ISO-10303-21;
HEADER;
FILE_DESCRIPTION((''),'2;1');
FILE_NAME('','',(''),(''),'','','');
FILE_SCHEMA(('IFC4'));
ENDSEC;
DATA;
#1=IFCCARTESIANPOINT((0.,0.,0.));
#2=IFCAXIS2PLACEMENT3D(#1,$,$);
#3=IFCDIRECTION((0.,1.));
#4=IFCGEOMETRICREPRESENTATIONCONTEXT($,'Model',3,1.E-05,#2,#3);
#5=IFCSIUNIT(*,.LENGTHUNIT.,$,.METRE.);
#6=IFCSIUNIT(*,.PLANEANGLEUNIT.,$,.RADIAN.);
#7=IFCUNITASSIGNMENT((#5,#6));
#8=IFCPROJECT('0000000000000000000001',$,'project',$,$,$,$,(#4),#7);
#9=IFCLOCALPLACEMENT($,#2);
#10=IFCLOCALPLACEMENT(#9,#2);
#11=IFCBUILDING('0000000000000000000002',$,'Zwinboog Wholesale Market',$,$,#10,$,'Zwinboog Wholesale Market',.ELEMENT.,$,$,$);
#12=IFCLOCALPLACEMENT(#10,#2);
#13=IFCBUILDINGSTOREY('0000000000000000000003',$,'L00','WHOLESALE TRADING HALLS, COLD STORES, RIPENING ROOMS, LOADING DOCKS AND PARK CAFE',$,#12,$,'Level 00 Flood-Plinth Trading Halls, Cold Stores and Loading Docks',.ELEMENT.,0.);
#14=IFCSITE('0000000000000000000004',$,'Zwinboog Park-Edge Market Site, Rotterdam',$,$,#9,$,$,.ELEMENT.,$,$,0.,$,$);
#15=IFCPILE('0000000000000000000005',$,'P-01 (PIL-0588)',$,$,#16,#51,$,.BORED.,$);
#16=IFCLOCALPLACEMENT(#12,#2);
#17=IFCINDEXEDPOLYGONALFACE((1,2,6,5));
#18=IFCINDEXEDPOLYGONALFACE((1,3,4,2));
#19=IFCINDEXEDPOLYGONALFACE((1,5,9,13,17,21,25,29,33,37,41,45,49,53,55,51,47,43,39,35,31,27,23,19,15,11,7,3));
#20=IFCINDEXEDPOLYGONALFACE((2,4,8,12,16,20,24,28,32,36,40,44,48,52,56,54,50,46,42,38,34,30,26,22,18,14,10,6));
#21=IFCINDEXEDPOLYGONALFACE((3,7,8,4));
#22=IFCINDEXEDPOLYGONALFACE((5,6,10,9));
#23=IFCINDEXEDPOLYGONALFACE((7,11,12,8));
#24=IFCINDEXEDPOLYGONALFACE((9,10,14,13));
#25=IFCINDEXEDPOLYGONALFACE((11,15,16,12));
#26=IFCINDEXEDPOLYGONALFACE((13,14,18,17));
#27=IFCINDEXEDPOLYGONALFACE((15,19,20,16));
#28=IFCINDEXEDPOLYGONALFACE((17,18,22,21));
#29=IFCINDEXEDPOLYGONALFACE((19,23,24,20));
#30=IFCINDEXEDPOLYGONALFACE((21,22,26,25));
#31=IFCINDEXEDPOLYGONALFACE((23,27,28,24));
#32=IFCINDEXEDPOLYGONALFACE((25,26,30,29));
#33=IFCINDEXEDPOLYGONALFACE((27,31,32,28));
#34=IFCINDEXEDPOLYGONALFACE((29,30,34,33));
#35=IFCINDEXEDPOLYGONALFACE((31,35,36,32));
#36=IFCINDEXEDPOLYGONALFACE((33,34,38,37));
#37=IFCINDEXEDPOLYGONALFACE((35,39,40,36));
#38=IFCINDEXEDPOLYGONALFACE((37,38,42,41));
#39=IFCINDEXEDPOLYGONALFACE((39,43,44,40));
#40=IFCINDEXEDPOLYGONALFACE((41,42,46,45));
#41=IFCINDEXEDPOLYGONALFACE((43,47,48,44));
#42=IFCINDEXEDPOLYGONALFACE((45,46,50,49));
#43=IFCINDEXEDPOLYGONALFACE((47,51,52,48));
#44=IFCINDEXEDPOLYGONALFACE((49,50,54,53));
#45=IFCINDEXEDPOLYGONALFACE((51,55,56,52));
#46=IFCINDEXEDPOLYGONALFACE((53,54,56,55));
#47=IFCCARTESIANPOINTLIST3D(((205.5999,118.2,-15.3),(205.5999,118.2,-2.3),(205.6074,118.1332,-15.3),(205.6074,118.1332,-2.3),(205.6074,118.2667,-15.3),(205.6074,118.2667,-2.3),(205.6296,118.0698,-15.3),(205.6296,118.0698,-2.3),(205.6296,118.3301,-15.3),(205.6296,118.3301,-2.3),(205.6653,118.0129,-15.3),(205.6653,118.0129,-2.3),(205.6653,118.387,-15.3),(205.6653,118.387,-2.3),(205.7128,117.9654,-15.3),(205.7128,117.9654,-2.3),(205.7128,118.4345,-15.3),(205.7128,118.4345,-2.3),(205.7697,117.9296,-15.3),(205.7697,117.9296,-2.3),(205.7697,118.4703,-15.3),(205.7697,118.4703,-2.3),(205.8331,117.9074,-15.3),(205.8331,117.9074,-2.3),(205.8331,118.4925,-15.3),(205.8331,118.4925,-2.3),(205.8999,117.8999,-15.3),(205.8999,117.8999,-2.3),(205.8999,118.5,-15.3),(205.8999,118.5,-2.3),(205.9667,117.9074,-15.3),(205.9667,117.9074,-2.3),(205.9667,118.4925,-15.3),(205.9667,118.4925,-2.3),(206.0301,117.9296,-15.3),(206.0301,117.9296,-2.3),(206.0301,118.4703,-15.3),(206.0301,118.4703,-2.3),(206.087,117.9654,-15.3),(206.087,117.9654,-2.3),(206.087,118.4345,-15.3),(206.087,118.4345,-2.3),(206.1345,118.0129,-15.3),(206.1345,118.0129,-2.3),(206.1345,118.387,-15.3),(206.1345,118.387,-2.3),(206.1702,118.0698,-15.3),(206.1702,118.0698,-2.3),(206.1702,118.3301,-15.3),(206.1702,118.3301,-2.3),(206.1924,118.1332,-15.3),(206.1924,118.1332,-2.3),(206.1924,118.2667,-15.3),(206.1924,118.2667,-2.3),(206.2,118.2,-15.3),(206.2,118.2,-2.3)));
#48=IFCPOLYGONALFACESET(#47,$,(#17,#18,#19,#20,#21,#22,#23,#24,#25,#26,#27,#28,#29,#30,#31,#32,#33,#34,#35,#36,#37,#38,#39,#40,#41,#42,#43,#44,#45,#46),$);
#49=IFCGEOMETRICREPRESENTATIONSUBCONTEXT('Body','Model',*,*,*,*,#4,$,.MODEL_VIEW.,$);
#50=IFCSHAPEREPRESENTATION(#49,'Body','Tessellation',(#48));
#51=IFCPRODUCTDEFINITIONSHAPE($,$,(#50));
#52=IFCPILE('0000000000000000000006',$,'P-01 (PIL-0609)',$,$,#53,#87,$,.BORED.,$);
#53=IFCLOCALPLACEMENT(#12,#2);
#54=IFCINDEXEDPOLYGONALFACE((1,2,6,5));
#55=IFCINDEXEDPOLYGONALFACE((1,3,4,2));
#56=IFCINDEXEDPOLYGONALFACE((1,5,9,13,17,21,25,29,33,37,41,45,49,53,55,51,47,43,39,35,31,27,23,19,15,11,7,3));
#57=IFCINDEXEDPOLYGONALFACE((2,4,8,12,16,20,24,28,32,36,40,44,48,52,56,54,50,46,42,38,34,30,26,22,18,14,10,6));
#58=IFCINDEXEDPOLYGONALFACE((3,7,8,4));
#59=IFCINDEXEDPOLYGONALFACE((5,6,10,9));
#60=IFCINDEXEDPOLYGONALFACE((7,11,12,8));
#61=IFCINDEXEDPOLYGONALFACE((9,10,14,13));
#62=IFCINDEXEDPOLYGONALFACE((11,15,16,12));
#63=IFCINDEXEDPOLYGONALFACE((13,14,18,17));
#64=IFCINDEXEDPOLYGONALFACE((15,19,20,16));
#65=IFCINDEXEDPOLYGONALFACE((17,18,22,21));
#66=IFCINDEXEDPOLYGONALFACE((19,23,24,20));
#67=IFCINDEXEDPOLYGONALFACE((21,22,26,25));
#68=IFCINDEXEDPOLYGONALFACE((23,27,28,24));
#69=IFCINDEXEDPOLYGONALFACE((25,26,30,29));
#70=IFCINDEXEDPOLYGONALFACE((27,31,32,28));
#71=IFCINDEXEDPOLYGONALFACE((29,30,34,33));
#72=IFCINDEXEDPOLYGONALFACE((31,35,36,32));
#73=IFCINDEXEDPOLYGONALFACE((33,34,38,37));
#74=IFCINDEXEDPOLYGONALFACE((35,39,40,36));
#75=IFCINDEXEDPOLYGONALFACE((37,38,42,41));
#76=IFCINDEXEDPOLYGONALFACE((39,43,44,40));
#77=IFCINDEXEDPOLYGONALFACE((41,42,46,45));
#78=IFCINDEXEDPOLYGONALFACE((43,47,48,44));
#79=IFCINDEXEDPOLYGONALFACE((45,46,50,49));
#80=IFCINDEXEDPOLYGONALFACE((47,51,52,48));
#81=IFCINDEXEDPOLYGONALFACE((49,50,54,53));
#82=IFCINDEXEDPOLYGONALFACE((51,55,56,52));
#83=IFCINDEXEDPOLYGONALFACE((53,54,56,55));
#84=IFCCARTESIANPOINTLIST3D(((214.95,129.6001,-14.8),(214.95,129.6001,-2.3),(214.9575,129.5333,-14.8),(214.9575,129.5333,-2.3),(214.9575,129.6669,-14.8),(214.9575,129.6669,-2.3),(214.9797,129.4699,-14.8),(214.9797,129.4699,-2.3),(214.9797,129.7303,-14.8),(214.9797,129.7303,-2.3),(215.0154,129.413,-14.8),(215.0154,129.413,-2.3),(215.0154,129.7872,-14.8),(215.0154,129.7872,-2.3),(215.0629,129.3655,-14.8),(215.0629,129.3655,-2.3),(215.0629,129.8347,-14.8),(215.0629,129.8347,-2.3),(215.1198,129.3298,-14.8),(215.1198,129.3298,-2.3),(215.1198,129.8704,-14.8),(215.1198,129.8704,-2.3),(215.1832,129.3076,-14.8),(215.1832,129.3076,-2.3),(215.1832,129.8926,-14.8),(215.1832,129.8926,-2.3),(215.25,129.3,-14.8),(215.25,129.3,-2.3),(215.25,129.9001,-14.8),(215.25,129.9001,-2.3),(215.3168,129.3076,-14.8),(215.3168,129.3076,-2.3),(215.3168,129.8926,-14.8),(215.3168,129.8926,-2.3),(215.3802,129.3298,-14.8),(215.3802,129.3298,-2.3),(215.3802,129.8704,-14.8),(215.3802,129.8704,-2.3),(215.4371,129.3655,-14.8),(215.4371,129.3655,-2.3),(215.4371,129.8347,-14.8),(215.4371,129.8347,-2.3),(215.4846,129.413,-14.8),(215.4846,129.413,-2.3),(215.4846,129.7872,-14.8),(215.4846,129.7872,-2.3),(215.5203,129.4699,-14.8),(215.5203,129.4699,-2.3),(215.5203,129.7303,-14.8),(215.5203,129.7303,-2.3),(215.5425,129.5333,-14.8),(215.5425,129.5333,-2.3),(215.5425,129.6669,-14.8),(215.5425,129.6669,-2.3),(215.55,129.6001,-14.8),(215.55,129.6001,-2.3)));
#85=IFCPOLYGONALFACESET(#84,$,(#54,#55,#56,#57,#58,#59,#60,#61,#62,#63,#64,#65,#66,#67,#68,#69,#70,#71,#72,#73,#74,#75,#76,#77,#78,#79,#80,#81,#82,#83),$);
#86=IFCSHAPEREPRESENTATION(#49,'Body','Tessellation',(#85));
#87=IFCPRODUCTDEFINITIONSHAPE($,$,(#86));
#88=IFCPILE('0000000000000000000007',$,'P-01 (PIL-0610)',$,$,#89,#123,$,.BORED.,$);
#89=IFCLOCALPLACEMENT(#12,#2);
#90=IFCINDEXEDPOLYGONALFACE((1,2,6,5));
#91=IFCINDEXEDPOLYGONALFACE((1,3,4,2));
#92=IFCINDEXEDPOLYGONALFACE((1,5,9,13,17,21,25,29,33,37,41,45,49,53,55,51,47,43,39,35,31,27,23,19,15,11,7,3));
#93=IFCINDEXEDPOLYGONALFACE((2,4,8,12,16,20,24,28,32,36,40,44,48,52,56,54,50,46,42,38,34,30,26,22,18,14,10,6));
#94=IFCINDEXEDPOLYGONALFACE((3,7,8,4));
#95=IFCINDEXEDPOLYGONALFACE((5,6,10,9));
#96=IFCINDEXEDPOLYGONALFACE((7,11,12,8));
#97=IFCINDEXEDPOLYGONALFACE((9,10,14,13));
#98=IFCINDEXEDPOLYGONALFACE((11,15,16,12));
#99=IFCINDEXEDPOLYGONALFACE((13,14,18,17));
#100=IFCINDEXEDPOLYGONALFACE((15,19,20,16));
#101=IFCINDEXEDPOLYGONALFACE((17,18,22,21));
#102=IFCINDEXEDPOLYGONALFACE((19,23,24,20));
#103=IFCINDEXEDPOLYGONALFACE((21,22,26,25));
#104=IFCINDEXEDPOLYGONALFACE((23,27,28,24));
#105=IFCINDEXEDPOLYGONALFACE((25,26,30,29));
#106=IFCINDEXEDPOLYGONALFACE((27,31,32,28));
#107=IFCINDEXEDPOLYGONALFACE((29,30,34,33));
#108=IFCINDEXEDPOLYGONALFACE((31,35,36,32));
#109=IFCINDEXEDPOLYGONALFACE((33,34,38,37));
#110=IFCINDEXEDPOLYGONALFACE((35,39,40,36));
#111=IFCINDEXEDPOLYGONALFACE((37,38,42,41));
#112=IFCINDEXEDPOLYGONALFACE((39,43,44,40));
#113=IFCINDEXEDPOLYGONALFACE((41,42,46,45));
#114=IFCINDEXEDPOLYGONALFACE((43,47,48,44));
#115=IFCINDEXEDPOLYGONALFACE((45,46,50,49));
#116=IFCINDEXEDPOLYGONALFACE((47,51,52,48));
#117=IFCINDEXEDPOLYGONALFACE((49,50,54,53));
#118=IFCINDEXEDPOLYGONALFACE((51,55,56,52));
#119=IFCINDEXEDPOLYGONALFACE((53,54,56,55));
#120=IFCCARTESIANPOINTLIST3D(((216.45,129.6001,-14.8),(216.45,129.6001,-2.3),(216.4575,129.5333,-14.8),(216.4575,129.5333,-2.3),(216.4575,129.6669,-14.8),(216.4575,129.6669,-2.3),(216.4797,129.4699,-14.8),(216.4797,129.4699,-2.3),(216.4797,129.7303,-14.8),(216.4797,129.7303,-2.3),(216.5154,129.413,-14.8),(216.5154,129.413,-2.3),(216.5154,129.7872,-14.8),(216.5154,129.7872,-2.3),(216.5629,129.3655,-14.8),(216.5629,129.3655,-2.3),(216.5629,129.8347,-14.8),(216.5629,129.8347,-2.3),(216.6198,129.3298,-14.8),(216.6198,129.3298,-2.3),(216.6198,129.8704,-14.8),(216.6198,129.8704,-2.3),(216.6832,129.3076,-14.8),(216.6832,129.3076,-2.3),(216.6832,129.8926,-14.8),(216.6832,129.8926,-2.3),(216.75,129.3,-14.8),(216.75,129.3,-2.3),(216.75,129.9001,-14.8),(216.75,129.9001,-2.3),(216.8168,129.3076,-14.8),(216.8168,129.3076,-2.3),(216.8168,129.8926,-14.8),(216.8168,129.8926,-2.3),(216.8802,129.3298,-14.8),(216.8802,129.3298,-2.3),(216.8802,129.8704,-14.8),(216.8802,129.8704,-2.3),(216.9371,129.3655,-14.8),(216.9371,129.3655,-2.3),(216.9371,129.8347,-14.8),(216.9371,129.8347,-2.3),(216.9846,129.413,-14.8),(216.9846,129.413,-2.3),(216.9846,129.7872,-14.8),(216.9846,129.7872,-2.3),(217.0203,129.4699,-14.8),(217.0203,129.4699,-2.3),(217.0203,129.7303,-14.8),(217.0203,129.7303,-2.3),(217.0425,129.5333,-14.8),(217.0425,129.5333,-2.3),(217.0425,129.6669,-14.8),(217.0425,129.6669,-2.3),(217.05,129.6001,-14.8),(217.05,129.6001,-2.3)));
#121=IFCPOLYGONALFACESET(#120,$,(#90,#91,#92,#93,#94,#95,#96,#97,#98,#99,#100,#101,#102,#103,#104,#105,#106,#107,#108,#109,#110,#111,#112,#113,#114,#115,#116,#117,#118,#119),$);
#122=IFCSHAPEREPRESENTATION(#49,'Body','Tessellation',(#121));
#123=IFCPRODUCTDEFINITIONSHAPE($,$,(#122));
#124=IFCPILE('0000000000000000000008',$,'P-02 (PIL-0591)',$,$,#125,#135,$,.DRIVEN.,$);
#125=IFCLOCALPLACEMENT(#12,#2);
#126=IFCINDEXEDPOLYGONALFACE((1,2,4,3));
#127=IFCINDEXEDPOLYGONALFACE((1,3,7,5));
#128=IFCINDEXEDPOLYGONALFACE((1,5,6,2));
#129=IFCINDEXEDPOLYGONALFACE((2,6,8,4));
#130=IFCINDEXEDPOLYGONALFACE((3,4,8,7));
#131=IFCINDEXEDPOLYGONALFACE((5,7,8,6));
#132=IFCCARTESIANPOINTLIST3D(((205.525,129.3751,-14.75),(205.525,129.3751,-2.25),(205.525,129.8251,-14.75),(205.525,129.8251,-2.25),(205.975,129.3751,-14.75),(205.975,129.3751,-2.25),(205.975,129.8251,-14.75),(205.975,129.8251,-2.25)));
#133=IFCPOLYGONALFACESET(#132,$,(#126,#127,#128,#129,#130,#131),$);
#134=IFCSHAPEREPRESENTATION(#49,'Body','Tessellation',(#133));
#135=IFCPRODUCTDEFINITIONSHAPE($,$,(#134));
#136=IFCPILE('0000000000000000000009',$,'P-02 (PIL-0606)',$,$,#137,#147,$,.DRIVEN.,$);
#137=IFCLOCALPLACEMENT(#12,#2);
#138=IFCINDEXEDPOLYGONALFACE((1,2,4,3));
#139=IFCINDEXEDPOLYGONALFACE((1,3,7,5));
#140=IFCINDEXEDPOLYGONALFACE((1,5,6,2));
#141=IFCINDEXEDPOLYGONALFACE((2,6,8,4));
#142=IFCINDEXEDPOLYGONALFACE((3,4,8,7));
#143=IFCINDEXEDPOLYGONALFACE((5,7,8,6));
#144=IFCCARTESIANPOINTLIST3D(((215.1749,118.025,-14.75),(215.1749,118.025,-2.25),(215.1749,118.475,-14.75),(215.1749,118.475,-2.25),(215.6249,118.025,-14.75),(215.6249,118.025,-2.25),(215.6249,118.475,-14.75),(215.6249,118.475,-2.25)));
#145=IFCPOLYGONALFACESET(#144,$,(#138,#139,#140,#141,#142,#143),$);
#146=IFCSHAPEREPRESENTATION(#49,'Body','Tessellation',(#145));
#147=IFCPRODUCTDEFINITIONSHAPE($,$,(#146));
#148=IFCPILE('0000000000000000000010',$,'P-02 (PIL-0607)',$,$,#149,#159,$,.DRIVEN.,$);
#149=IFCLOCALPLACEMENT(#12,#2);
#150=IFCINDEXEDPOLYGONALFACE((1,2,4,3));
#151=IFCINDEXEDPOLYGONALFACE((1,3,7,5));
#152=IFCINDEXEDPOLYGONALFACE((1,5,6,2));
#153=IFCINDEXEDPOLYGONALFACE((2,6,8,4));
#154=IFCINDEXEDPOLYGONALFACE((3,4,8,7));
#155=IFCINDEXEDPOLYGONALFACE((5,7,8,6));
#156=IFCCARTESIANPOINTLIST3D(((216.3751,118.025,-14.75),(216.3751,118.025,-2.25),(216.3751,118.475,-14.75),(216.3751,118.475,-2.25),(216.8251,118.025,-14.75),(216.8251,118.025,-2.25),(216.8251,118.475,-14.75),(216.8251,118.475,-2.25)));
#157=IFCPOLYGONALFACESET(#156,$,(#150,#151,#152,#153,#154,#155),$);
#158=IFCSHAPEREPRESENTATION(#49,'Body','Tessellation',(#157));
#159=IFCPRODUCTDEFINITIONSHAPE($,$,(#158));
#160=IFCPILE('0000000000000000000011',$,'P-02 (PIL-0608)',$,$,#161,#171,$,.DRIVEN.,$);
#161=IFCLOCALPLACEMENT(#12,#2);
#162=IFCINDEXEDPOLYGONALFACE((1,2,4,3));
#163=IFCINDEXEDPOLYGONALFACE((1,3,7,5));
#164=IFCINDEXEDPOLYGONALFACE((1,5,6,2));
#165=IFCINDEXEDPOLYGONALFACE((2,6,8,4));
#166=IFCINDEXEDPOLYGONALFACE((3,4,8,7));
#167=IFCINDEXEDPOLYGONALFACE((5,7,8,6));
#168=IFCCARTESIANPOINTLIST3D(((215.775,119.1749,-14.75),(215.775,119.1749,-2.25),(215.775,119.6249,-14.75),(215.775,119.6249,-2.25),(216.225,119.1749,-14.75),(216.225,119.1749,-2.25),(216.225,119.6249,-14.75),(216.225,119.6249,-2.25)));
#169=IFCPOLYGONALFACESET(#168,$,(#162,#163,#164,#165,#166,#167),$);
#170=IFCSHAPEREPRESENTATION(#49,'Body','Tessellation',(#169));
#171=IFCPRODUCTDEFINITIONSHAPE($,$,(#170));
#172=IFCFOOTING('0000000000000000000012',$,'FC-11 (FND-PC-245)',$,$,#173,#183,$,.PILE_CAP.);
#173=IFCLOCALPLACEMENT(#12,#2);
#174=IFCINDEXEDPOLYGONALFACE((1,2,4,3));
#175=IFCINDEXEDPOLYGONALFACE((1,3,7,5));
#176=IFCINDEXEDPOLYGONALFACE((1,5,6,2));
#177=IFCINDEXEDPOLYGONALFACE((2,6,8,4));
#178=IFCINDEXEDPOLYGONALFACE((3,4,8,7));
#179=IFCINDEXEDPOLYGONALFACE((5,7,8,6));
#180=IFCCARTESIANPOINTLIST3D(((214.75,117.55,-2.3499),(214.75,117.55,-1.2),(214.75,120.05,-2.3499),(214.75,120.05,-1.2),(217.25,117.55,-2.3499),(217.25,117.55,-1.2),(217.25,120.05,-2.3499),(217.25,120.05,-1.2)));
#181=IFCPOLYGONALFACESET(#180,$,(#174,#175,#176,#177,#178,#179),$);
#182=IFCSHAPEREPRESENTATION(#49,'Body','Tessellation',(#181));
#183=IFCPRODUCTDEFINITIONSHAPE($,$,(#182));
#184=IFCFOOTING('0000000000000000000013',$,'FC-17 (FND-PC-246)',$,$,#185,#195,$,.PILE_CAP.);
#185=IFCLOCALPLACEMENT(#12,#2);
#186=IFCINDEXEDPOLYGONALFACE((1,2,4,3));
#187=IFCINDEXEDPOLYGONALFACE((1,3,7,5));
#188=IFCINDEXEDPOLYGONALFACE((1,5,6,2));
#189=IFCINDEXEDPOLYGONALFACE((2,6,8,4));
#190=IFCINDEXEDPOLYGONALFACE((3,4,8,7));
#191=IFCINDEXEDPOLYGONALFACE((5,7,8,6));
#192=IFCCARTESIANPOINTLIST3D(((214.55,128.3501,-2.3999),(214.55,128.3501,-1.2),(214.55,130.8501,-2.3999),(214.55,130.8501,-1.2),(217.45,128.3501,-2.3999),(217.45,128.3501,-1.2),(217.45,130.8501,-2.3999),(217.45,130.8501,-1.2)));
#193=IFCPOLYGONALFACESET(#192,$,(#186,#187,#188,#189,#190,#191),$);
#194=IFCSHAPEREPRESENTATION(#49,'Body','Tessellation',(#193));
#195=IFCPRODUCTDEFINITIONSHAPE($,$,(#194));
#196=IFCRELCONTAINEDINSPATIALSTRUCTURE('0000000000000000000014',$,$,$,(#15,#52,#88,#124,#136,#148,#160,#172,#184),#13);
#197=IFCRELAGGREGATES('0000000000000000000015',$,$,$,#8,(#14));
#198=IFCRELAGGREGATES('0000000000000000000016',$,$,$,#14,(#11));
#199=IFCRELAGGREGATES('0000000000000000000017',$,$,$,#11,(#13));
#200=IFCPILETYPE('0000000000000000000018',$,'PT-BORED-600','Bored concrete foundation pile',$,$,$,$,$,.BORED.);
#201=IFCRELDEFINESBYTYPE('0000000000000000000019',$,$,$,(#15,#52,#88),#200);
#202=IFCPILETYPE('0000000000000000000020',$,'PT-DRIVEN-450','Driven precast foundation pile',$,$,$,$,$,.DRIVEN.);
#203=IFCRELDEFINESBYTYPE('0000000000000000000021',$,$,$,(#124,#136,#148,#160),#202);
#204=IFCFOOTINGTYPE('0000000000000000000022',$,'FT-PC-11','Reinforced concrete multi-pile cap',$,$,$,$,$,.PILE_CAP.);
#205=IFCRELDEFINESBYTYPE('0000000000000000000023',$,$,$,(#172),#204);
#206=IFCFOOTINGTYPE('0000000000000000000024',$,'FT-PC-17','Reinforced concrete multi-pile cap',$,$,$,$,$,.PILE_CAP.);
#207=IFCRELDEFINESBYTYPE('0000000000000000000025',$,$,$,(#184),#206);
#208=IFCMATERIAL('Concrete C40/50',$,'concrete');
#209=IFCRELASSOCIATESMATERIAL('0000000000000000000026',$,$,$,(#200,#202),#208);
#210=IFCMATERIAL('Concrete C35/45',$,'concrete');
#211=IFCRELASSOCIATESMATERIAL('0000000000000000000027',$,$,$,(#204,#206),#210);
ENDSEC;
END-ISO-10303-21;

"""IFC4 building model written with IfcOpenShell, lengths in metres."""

from ifc_helpers import new_model, si_unit, direction, frame, origin, origin_2d, place, context, subcontext, project, spatial, rectangle, circle, extrude, material, material_profile, profile_set, type_object, element, save


model = new_model("IFC4")

# Units and contexts
model_context = context("Model", 3, precision=1e-05, world=origin(), true_north=direction((0.0, 1.0)))
body_context = subcontext(model_context, "Body", "Model", "MODEL_VIEW")
ifc_project = project(units=[si_unit("LENGTHUNIT", "METRE"), si_unit("PLANEANGLEUNIT", "RADIAN")], contexts=[model_context])

# Site, building, storey
site_placement = place(None, origin())
site = spatial("IfcSite", under=ifc_project, at=site_placement, Name="Zwinboog Park-Edge Market Site, Rotterdam", CompositionType="ELEMENT", RefElevation=0.0)
building_placement = place(site_placement, origin())
building = spatial("IfcBuilding", under=site, at=building_placement, Name="Zwinboog Wholesale Market", LongName="Zwinboog Wholesale Market", CompositionType="ELEMENT")
storey_placement = place(building_placement, origin())
storey = spatial("IfcBuildingStorey", under=building, at=storey_placement, Name="L00", Description="WHOLESALE TRADING HALLS, COLD STORES, RIPENING ROOMS, LOADING DOCKS AND PARK CAFE", LongName="Level 00 Flood-Plinth Trading Halls, Cold Stores and Loading Docks", CompositionType="ELEMENT", Elevation=0.0)

# Piles
ifc_material_1 = material(Name="Concrete C40/50", Category="concrete")
ifc_material_profile_1 = material_profile(ifc_material_1, circle(Radius=0.3, at=origin_2d()), Name="PILE D600")
ifc_profile_set_1 = profile_set([ifc_material_profile_1], Name="Concrete C40/50")
pile_type_1 = type_object("IfcPileType", Name="PT-BORED-600", Description="Bored concrete foundation pile", PredefinedType="BORED", material=ifc_profile_set_1)
pile_placement = place(storey_placement, frame((205.8999, 118.2, -2.3), z_axis=(0.0, 0.0, -1.0), x_axis=(1.0, 0.0, 0.0)))
element("IfcPile", 1, at=pile_placement, inside=storey, type_object=pile_type_1, Name="P-01 (PIL-0588)", PredefinedType="BORED", context=body_context, shape_type="SweptSolid", body=[
    extrude(circle(Radius=0.3, at=origin_2d()), origin(), (0.0, 0.0, 1.0), 13.0),
])
for number, where, z_axis, x_axis, name in (
    (2, (215.25, 129.6001, -2.3), (0.0, 0.0, -1.0), (1.0, 0.0, 0.0), "P-01 (PIL-0609)"),
    (3, (216.75, 129.6001, -2.3), (0.0, 0.0, -1.0), (1.0, 0.0, 0.0), "P-01 (PIL-0610)"),
):
    element("IfcPile", number, at=place(storey_placement, frame(where, z_axis=z_axis, x_axis=x_axis)), inside=storey, type_object=pile_type_1, Name=name, PredefinedType="BORED", context=body_context, shape_type="SweptSolid", body=[
        extrude(circle(Radius=0.3, at=origin_2d()), origin(), (0.0, 0.0, 1.0), 12.5),
    ])
ifc_material_profile_2 = material_profile(ifc_material_1, rectangle(XDim=0.45, YDim=0.45, at=origin_2d()), Name="PILE SQ450")
ifc_profile_set_2 = profile_set([ifc_material_profile_2], Name="Concrete C40/50")
pile_type_2 = type_object("IfcPileType", Name="PT-DRIVEN-450", Description="Driven precast foundation pile", PredefinedType="DRIVEN", material=ifc_profile_set_2)
for number, where, z_axis, x_axis, name in (
    (4, (205.75, 129.6001, -2.25), (0.0, 0.0, -1.0), (1.0, 0.0, 0.0), "P-02 (PIL-0591)"),
    (5, (215.3999, 118.25, -2.25), (0.0, 0.0, -1.0), (1.0, 0.0, 0.0), "P-02 (PIL-0606)"),
    (6, (216.6001, 118.25, -2.25), (0.0, 0.0, -1.0), (1.0, 0.0, 0.0), "P-02 (PIL-0607)"),
    (7, (216.0, 119.3999, -2.25), (0.0, 0.0, -1.0), (1.0, 0.0, 0.0), "P-02 (PIL-0608)"),
):
    element("IfcPile", number, at=place(storey_placement, frame(where, z_axis=z_axis, x_axis=x_axis)), inside=storey, type_object=pile_type_2, Name=name, PredefinedType="DRIVEN", context=body_context, shape_type="SweptSolid", body=[
        extrude(rectangle(XDim=0.45, YDim=0.45, at=origin_2d()), origin(), (0.0, 0.0, 1.0), 12.5),
    ])

# Footings
ifc_material_2 = material(Name="Concrete C35/45", Category="concrete")
footing_type_1 = type_object("IfcFootingType", Name="FT-PC-11", Description="Reinforced concrete multi-pile cap", PredefinedType="PILE_CAP", material=ifc_material_2)
footing_1_placement = place(storey_placement, frame((216.0, 118.8, -2.3499), z_axis=(0.0, 0.0, 1.0), x_axis=(1.0, 0.0, 0.0)))
element("IfcFooting", 8, at=footing_1_placement, inside=storey, type_object=footing_type_1, Name="FC-11 (FND-PC-245)", PredefinedType="PILE_CAP", context=body_context, shape_type="SweptSolid", body=[
    extrude(rectangle(XDim=2.5, YDim=2.5, at=origin_2d()), origin(), (0.0, 0.0, 1.0), 1.1499),
])
footing_type_2 = type_object("IfcFootingType", Name="FT-PC-17", Description="Reinforced concrete multi-pile cap", PredefinedType="PILE_CAP", material=ifc_material_2)
footing_2_placement = place(storey_placement, frame((216.0, 129.6001, -2.3999), z_axis=(0.0, 0.0, 1.0), x_axis=(1.0, 0.0, 0.0)))
element("IfcFooting", 9, at=footing_2_placement, inside=storey, type_object=footing_type_2, Name="FC-17 (FND-PC-246)", PredefinedType="PILE_CAP", context=body_context, shape_type="SweptSolid", body=[
    extrude(rectangle(XDim=2.8999, YDim=2.5, at=origin_2d()), origin(), (0.0, 0.0, 1.0), 1.2),
])

save(model, "model.ifc")
